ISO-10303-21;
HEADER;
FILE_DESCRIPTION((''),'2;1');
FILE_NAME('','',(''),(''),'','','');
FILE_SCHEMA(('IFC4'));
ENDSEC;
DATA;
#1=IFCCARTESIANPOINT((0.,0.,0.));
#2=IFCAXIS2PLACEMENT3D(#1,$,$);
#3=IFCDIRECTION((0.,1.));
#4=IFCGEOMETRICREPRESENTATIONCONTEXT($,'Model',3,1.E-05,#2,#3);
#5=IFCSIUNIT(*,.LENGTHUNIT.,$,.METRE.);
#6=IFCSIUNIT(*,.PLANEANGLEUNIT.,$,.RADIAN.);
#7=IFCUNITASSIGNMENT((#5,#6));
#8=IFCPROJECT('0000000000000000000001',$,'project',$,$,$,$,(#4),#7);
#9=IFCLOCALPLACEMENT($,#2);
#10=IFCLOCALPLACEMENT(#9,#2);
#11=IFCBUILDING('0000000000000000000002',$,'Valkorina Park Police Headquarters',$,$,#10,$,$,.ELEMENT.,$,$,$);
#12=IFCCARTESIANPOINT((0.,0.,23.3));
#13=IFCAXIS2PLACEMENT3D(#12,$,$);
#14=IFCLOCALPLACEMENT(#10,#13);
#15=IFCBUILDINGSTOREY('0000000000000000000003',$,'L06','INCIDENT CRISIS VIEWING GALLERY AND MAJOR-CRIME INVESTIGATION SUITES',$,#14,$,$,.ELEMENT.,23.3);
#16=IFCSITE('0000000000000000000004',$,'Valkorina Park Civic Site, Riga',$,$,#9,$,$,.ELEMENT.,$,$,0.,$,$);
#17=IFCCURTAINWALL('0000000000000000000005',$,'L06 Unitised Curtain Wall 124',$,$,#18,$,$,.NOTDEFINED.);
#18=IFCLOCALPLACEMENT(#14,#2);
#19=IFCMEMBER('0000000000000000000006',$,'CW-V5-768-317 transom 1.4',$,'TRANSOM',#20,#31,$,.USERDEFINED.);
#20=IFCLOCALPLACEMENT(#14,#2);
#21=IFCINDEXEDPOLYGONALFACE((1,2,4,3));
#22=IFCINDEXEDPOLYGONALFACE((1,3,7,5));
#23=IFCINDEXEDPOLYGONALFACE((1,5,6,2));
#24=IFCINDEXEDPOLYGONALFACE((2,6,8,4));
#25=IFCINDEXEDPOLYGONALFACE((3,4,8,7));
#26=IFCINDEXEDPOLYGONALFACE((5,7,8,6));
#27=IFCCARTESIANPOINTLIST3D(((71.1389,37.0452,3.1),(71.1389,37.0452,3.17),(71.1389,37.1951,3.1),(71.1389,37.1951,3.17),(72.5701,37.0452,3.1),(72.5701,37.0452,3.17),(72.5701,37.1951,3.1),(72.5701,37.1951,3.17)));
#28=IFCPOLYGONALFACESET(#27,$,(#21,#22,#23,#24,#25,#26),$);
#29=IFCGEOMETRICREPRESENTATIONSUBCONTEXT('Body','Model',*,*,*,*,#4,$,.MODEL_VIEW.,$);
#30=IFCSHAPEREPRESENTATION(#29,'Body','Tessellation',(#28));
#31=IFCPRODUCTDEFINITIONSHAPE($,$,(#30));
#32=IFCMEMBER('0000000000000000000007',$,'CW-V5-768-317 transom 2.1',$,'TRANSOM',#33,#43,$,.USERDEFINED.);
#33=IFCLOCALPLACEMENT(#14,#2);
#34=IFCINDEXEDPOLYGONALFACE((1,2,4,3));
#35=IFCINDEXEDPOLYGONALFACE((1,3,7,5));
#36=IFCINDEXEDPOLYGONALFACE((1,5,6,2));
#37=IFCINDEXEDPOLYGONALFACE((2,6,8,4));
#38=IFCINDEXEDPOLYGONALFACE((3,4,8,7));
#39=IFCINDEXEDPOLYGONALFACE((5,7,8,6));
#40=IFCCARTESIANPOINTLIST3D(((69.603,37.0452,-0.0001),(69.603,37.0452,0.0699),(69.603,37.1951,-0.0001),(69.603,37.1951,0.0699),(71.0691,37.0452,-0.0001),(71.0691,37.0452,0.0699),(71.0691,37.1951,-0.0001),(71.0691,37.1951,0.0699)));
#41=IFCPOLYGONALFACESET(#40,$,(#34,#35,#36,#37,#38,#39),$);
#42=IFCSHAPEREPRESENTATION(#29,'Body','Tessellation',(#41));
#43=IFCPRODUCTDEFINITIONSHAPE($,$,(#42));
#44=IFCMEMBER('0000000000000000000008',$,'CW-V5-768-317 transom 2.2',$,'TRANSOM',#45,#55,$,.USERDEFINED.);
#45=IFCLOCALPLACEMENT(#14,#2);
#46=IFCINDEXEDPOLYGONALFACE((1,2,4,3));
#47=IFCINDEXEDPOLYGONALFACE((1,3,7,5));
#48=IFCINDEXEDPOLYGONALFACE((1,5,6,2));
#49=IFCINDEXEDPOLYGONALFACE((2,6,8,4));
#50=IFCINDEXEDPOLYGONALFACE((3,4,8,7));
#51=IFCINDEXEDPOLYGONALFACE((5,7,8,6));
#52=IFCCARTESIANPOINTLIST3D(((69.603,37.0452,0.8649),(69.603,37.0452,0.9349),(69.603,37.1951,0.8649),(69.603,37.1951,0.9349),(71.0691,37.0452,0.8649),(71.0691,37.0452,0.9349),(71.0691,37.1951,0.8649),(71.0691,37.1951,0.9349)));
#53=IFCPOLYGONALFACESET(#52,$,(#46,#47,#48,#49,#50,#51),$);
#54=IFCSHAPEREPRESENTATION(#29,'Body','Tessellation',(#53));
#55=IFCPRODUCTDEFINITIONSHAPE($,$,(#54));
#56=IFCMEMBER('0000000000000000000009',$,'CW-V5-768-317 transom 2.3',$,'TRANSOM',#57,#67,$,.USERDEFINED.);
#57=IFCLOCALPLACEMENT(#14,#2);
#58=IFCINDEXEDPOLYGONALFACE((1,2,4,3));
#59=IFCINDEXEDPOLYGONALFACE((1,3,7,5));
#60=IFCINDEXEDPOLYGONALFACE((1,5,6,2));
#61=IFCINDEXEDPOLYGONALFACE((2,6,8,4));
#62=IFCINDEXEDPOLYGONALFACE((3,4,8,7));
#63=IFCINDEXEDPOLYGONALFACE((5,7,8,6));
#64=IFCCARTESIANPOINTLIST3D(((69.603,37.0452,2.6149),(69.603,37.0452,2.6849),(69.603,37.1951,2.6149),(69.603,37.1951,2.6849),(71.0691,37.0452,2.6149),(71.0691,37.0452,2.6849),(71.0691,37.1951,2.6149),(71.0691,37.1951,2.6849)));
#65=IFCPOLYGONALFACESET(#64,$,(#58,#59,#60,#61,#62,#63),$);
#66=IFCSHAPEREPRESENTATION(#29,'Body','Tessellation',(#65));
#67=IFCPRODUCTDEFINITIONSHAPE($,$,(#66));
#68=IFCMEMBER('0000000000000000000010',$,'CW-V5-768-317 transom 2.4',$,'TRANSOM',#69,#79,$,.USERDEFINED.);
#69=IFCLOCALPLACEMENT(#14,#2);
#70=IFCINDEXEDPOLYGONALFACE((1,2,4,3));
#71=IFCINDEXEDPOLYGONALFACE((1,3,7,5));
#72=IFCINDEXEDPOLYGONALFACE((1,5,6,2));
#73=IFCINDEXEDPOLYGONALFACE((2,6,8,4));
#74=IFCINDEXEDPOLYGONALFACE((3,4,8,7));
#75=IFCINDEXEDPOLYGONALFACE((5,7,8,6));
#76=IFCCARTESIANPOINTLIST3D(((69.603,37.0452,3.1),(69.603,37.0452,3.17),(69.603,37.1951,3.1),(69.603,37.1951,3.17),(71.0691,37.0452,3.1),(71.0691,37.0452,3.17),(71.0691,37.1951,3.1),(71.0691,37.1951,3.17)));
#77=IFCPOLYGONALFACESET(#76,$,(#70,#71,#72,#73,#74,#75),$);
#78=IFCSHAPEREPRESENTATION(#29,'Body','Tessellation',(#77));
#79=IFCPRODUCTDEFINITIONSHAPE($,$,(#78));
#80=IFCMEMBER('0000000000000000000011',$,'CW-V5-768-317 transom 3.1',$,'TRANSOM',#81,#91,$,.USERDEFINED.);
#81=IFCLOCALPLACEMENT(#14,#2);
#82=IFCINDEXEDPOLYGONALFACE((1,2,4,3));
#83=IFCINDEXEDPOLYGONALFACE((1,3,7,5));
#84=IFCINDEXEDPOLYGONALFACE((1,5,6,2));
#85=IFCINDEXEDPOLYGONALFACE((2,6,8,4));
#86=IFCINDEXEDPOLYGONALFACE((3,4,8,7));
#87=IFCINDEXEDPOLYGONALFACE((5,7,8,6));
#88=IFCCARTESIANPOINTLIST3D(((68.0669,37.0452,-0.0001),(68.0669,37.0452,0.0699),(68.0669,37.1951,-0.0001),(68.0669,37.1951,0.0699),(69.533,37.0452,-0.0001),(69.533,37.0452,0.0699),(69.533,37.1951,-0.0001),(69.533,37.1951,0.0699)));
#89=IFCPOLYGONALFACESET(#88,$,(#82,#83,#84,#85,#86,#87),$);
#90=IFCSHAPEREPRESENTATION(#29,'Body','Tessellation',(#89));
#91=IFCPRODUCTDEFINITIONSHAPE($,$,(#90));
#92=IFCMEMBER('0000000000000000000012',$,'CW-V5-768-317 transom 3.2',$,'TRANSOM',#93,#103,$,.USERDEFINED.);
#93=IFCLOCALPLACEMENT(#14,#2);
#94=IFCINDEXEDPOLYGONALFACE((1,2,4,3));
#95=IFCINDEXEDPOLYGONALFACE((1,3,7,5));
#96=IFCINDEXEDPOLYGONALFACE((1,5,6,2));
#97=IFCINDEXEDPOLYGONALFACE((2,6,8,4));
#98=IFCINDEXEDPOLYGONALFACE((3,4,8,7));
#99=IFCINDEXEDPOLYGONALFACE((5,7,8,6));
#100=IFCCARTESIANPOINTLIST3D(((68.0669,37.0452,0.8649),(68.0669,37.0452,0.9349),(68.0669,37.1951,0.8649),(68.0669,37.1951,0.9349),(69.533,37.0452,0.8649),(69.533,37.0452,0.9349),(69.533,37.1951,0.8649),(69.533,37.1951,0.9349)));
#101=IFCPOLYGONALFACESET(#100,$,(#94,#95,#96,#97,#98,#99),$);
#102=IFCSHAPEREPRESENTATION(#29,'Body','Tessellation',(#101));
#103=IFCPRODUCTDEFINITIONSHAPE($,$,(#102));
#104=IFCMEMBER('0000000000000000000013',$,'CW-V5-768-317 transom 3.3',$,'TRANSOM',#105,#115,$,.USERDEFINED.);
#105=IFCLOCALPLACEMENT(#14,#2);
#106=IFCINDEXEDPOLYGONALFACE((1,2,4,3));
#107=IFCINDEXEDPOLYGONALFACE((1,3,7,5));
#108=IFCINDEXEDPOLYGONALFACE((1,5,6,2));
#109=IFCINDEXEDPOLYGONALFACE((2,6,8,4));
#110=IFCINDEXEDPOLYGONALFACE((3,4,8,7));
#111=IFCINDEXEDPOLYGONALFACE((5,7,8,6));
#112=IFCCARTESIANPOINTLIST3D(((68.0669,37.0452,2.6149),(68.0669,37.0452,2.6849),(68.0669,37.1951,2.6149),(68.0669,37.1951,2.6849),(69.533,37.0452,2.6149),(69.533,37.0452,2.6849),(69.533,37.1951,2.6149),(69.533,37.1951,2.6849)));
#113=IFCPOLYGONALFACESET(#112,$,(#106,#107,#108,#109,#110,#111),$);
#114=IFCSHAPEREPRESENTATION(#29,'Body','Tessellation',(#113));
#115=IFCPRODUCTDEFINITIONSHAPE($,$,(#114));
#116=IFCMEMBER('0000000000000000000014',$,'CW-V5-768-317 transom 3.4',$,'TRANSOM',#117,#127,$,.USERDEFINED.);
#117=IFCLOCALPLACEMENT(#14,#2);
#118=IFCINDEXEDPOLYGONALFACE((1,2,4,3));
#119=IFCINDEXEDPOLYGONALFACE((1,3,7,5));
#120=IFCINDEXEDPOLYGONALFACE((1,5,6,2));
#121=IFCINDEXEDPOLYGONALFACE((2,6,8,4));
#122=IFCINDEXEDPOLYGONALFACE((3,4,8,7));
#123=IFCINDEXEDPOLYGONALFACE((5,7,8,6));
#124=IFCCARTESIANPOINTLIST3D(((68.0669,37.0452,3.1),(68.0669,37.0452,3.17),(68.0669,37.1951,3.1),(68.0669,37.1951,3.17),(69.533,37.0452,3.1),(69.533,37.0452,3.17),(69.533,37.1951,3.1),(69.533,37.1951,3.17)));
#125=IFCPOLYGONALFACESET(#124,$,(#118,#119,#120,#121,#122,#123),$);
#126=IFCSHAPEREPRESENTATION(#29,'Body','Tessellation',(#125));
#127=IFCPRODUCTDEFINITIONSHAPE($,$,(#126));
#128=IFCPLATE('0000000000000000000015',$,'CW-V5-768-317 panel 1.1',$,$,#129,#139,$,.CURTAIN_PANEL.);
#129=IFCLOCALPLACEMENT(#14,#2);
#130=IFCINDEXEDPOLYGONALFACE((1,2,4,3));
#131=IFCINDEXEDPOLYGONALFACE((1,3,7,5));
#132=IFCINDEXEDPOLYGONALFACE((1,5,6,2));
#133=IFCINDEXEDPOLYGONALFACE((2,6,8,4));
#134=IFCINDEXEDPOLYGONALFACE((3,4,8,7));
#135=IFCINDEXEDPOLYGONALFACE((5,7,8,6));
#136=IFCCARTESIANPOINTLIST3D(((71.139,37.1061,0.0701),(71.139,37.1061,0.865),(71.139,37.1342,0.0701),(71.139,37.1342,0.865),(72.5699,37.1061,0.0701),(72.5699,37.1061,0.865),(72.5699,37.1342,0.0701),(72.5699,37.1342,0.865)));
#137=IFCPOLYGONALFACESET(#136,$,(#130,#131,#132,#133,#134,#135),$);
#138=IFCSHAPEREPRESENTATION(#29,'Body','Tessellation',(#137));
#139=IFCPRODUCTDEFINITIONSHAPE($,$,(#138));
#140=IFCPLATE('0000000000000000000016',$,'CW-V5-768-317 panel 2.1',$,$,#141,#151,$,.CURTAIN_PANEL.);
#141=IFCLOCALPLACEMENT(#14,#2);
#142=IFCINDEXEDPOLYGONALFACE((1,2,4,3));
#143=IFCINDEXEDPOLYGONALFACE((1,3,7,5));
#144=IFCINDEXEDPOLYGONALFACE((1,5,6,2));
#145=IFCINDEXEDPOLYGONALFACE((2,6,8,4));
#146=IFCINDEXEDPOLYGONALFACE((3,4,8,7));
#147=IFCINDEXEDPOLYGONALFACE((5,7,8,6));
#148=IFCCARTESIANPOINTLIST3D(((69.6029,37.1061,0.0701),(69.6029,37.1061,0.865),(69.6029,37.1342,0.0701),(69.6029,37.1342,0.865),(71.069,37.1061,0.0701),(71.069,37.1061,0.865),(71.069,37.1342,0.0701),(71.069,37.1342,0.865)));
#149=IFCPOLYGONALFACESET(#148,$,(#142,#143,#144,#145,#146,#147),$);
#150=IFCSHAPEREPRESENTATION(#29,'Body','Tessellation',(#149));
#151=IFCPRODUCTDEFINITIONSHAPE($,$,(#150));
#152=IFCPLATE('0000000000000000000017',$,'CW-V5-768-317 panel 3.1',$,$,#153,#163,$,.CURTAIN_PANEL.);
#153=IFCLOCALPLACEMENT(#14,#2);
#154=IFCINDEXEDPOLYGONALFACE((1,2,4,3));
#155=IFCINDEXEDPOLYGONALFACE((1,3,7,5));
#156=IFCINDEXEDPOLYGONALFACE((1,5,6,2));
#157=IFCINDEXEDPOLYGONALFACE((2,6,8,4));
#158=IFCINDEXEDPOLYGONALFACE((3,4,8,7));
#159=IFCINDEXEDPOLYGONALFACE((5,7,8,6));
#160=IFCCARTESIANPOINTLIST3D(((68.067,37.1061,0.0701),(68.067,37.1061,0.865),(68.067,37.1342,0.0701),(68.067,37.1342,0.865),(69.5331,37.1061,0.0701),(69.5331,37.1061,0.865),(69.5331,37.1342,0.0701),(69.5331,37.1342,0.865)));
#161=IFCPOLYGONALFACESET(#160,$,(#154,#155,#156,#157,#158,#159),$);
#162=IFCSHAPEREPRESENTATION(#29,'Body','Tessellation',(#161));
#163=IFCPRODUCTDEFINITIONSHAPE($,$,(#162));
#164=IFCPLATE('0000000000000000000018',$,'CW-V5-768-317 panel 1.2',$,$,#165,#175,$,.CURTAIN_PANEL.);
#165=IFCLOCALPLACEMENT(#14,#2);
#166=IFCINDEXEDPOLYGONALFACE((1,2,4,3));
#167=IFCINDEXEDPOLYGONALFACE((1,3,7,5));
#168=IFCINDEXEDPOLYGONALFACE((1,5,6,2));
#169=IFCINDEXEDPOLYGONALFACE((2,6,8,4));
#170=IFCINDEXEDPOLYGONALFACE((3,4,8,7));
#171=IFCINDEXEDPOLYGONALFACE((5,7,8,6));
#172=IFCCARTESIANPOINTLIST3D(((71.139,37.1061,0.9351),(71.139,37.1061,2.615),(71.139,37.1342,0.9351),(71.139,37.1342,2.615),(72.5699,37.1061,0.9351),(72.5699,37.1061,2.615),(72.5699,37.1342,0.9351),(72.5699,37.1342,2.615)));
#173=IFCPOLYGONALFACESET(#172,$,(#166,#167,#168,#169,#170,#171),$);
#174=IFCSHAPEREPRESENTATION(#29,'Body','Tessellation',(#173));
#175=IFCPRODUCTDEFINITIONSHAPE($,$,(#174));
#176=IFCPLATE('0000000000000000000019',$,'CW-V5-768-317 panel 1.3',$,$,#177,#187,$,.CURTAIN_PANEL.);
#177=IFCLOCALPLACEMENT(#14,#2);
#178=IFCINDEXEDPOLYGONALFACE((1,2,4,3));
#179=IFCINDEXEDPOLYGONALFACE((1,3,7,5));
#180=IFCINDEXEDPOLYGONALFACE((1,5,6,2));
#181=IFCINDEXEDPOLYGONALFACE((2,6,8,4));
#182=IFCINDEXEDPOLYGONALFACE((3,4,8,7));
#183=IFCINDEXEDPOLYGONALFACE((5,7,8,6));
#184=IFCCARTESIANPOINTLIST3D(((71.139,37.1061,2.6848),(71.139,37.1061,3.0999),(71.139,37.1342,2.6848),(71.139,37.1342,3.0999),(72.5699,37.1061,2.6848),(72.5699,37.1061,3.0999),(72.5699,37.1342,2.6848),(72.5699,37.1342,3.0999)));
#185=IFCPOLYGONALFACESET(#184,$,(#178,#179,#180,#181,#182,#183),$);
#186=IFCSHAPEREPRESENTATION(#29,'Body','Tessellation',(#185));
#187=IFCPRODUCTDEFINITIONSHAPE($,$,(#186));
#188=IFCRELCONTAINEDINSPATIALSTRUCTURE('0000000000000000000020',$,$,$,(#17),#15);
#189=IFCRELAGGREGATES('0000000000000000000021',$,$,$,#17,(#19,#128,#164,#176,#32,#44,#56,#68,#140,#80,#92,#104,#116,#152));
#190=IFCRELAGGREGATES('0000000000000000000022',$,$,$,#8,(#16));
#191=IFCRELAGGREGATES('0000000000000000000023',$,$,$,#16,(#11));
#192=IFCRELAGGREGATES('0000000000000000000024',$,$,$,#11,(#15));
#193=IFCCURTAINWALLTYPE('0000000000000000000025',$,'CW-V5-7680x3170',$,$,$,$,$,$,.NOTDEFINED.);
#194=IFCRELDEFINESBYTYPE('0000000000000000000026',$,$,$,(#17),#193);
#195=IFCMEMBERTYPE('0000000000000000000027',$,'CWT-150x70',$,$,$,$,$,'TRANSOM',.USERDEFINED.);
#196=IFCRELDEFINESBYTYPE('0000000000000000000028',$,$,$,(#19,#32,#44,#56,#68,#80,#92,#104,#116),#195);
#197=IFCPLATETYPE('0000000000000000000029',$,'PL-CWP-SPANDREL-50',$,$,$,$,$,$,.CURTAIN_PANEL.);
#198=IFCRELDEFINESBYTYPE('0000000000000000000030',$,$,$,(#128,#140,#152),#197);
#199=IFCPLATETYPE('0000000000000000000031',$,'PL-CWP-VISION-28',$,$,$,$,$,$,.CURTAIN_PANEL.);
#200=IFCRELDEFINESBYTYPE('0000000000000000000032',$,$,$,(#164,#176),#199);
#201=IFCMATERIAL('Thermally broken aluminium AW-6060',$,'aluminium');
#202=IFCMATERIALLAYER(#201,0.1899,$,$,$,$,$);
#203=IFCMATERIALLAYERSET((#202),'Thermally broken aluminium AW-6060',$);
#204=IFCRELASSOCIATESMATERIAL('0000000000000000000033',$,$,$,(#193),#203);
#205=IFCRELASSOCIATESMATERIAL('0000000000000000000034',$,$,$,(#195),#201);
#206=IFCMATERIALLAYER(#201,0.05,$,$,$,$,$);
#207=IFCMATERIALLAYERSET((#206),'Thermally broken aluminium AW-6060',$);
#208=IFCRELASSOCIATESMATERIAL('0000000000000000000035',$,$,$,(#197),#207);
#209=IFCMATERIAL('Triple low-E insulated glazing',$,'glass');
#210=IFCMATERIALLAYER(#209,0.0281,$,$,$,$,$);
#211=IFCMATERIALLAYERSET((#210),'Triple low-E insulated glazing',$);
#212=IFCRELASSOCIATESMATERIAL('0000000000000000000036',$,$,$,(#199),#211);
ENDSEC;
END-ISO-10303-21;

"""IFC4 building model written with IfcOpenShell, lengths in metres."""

from ifc_helpers import new_model, si_unit, direction, frame, origin, origin_2d, place, context, subcontext, project, spatial, rectangle, extrude, material, layer, layer_set, material_profile, profile_set, type_object, element, aggregate, save


model = new_model("IFC4")

# Units and contexts
model_context = context("Model", 3, precision=1e-05, world=origin(), true_north=direction((0.0, 1.0)))
body_context = subcontext(model_context, "Body", "Model", "MODEL_VIEW")
ifc_project = project(units=[si_unit("LENGTHUNIT", "METRE"), si_unit("PLANEANGLEUNIT", "RADIAN")], contexts=[model_context])

# Site, building, storey
site_placement = place(None, origin())
site = spatial("IfcSite", under=ifc_project, at=site_placement, Name="Valkorina Park Civic Site, Riga", CompositionType="ELEMENT", RefElevation=0.0)
building_placement = place(site_placement, origin())
building = spatial("IfcBuilding", under=site, at=building_placement, Name="Valkorina Park Police Headquarters", CompositionType="ELEMENT")
storey_placement = place(building_placement, frame((0.0, 0.0, 23.3)))
storey = spatial("IfcBuildingStorey", under=building, at=storey_placement, Name="L06", Description="INCIDENT CRISIS VIEWING GALLERY AND MAJOR-CRIME INVESTIGATION SUITES", CompositionType="ELEMENT", Elevation=23.3)

# Shared definitions
ifc_material_1 = material(Name="Thermally broken aluminium AW-6060", Category="aluminium")

# Curtain wall, members, plates
ifc_layer_1 = layer(ifc_material_1, 0.1899)
ifc_layer_set_1 = layer_set([ifc_layer_1], Name="Thermally broken aluminium AW-6060")
curtain_wall_type_1 = type_object("IfcCurtainWallType", Name="CW-V5-7680x3170", PredefinedType="NOTDEFINED", material=ifc_layer_set_1)
curtain_wall_1_placement = place(storey_placement, origin())
curtain_wall_1 = element("IfcCurtainWall", 1, at=curtain_wall_1_placement, inside=storey, type_object=curtain_wall_type_1, Name="L06 Unitised Curtain Wall 124", PredefinedType="NOTDEFINED")
ifc_material_profile_1 = material_profile(ifc_material_1, rectangle(XDim=0.1499, YDim=0.0701, at=origin_2d()), Name="CWT-02 150x70")
ifc_profile_set_1 = profile_set([ifc_material_profile_1], Name="Thermally broken aluminium AW-6060")
member_type_1 = type_object("IfcMemberType", Name="CWT-150x70", ElementType="TRANSOM", PredefinedType="USERDEFINED", material=ifc_profile_set_1)
member_1_placement = place(storey_placement, frame((72.5701, 37.1201, 3.135), z_axis=(-1.0, 0.0, 0.0), x_axis=(0.0, -1.0, 0.0)))
member_1 = element("IfcMember", 2, at=member_1_placement, type_object=member_type_1, Name="CW-V5-768-317 transom 1.4", ObjectType="TRANSOM", PredefinedType="USERDEFINED", context=body_context, shape_type="SweptSolid", body=[
    extrude(rectangle(XDim=0.1499, YDim=0.0701, at=origin_2d()), origin(), (0.0, 0.0, 1.0), 1.4312),
])
member_2_placement = place(storey_placement, frame((71.0691, 37.1201, 0.0349), z_axis=(-1.0, 0.0, 0.0), x_axis=(0.0, -1.0, 0.0)))
member_2 = element("IfcMember", 3, at=member_2_placement, type_object=member_type_1, Name="CW-V5-768-317 transom 2.1", ObjectType="TRANSOM", PredefinedType="USERDEFINED", context=body_context, shape_type="SweptSolid", body=[
    extrude(rectangle(XDim=0.1499, YDim=0.0701, at=origin_2d()), origin(), (0.0, 0.0, 1.0), 1.4661),
])
member_3_placement = place(storey_placement, frame((71.0691, 37.1201, 0.8999), z_axis=(-1.0, 0.0, 0.0), x_axis=(0.0, -1.0, 0.0)))
member_3 = element("IfcMember", 4, at=member_3_placement, type_object=member_type_1, Name="CW-V5-768-317 transom 2.2", ObjectType="TRANSOM", PredefinedType="USERDEFINED", context=body_context, shape_type="SweptSolid", body=[
    extrude(rectangle(XDim=0.1499, YDim=0.0701, at=origin_2d()), origin(), (0.0, 0.0, 1.0), 1.4661),
])
member_4_placement = place(storey_placement, frame((71.0691, 37.1201, 2.6499), z_axis=(-1.0, 0.0, 0.0), x_axis=(0.0, -1.0, 0.0)))
member_4 = element("IfcMember", 5, at=member_4_placement, type_object=member_type_1, Name="CW-V5-768-317 transom 2.3", ObjectType="TRANSOM", PredefinedType="USERDEFINED", context=body_context, shape_type="SweptSolid", body=[
    extrude(rectangle(XDim=0.1499, YDim=0.0701, at=origin_2d()), origin(), (0.0, 0.0, 1.0), 1.4661),
])
member_5_placement = place(storey_placement, frame((71.0691, 37.1201, 3.135), z_axis=(-1.0, 0.0, 0.0), x_axis=(0.0, -1.0, 0.0)))
member_5 = element("IfcMember", 6, at=member_5_placement, type_object=member_type_1, Name="CW-V5-768-317 transom 2.4", ObjectType="TRANSOM", PredefinedType="USERDEFINED", context=body_context, shape_type="SweptSolid", body=[
    extrude(rectangle(XDim=0.1499, YDim=0.0701, at=origin_2d()), origin(), (0.0, 0.0, 1.0), 1.4661),
])
member_6_placement = place(storey_placement, frame((69.533, 37.1201, 0.0349), z_axis=(-1.0, 0.0, 0.0), x_axis=(0.0, -1.0, 0.0)))
member_6 = element("IfcMember", 7, at=member_6_placement, type_object=member_type_1, Name="CW-V5-768-317 transom 3.1", ObjectType="TRANSOM", PredefinedType="USERDEFINED", context=body_context, shape_type="SweptSolid", body=[
    extrude(rectangle(XDim=0.1499, YDim=0.0701, at=origin_2d()), origin(), (0.0, 0.0, 1.0), 1.4661),
])
member_7_placement = place(storey_placement, frame((69.533, 37.1201, 0.8999), z_axis=(-1.0, 0.0, 0.0), x_axis=(0.0, -1.0, 0.0)))
member_7 = element("IfcMember", 8, at=member_7_placement, type_object=member_type_1, Name="CW-V5-768-317 transom 3.2", ObjectType="TRANSOM", PredefinedType="USERDEFINED", context=body_context, shape_type="SweptSolid", body=[
    extrude(rectangle(XDim=0.1499, YDim=0.0701, at=origin_2d()), origin(), (0.0, 0.0, 1.0), 1.4661),
])
member_8_placement = place(storey_placement, frame((69.533, 37.1201, 2.6499), z_axis=(-1.0, 0.0, 0.0), x_axis=(0.0, -1.0, 0.0)))
member_8 = element("IfcMember", 9, at=member_8_placement, type_object=member_type_1, Name="CW-V5-768-317 transom 3.3", ObjectType="TRANSOM", PredefinedType="USERDEFINED", context=body_context, shape_type="SweptSolid", body=[
    extrude(rectangle(XDim=0.1499, YDim=0.0701, at=origin_2d()), origin(), (0.0, 0.0, 1.0), 1.4661),
])
member_9_placement = place(storey_placement, frame((69.533, 37.1201, 3.135), z_axis=(-1.0, 0.0, 0.0), x_axis=(0.0, -1.0, 0.0)))
member_9 = element("IfcMember", 10, at=member_9_placement, type_object=member_type_1, Name="CW-V5-768-317 transom 3.4", ObjectType="TRANSOM", PredefinedType="USERDEFINED", context=body_context, shape_type="SweptSolid", body=[
    extrude(rectangle(XDim=0.1499, YDim=0.0701, at=origin_2d()), origin(), (0.0, 0.0, 1.0), 1.4661),
])
ifc_layer_2 = layer(ifc_material_1, 0.05)
ifc_layer_set_2 = layer_set([ifc_layer_2], Name="Thermally broken aluminium AW-6060")
plate_type_1 = type_object("IfcPlateType", Name="PL-CWP-SPANDREL-50", PredefinedType="CURTAIN_PANEL", material=ifc_layer_set_2)
plate_1_placement = place(storey_placement, frame((71.8545, 37.1201, 0.0701), z_axis=(0.0, 0.0, 1.0), x_axis=(-1.0, 0.0, 0.0)))
plate_1 = element("IfcPlate", 11, at=plate_1_placement, type_object=plate_type_1, Name="CW-V5-768-317 panel 1.1", PredefinedType="CURTAIN_PANEL", context=body_context, shape_type="SweptSolid", body=[
    extrude(rectangle(XDim=1.4309, YDim=0.0281, at=origin_2d()), origin(), (0.0, 0.0, 1.0), 0.7949),
])
plate_2_placement = place(storey_placement, frame((70.3359, 37.1201, 0.0701), z_axis=(0.0, 0.0, 1.0), x_axis=(-1.0, 0.0, 0.0)))
plate_2 = element("IfcPlate", 12, at=plate_2_placement, type_object=plate_type_1, Name="CW-V5-768-317 panel 2.1", PredefinedType="CURTAIN_PANEL", context=body_context, shape_type="SweptSolid", body=[
    extrude(rectangle(XDim=1.4661, YDim=0.0281, at=origin_2d()), origin(), (0.0, 0.0, 1.0), 0.7949),
])
plate_3_placement = place(storey_placement, frame((68.8, 37.1201, 0.0701), z_axis=(0.0, 0.0, 1.0), x_axis=(-1.0, 0.0, 0.0)))
plate_3 = element("IfcPlate", 13, at=plate_3_placement, type_object=plate_type_1, Name="CW-V5-768-317 panel 3.1", PredefinedType="CURTAIN_PANEL", context=body_context, shape_type="SweptSolid", body=[
    extrude(rectangle(XDim=1.4661, YDim=0.0281, at=origin_2d()), origin(), (0.0, 0.0, 1.0), 0.7949),
])
ifc_material_2 = material(Name="Triple low-E insulated glazing", Category="glass")
ifc_layer_3 = layer(ifc_material_2, 0.0281)
ifc_layer_set_3 = layer_set([ifc_layer_3], Name="Triple low-E insulated glazing")
plate_type_2 = type_object("IfcPlateType", Name="PL-CWP-VISION-28", PredefinedType="CURTAIN_PANEL", material=ifc_layer_set_3)
plate_4_placement = place(storey_placement, frame((71.8545, 37.1201, 0.9351), z_axis=(0.0, 0.0, 1.0), x_axis=(-1.0, 0.0, 0.0)))
plate_4 = element("IfcPlate", 14, at=plate_4_placement, type_object=plate_type_2, Name="CW-V5-768-317 panel 1.2", PredefinedType="CURTAIN_PANEL", context=body_context, shape_type="SweptSolid", body=[
    extrude(rectangle(XDim=1.4309, YDim=0.0281, at=origin_2d()), origin(), (0.0, 0.0, 1.0), 1.6799),
])
plate_5_placement = place(storey_placement, frame((71.8545, 37.1201, 2.6848), z_axis=(0.0, 0.0, 1.0), x_axis=(-1.0, 0.0, 0.0)))
plate_5 = element("IfcPlate", 15, at=plate_5_placement, type_object=plate_type_2, Name="CW-V5-768-317 panel 1.3", PredefinedType="CURTAIN_PANEL", context=body_context, shape_type="SweptSolid", body=[
    extrude(rectangle(XDim=1.4309, YDim=0.0281, at=origin_2d()), origin(), (0.0, 0.0, 1.0), 0.415),
])
aggregate(curtain_wall_1, [member_1, plate_1, plate_4, plate_5, member_2, member_3, member_4, member_5, plate_2, member_6, member_7, member_8, member_9, plate_3])

save(model, "model.ifc")
